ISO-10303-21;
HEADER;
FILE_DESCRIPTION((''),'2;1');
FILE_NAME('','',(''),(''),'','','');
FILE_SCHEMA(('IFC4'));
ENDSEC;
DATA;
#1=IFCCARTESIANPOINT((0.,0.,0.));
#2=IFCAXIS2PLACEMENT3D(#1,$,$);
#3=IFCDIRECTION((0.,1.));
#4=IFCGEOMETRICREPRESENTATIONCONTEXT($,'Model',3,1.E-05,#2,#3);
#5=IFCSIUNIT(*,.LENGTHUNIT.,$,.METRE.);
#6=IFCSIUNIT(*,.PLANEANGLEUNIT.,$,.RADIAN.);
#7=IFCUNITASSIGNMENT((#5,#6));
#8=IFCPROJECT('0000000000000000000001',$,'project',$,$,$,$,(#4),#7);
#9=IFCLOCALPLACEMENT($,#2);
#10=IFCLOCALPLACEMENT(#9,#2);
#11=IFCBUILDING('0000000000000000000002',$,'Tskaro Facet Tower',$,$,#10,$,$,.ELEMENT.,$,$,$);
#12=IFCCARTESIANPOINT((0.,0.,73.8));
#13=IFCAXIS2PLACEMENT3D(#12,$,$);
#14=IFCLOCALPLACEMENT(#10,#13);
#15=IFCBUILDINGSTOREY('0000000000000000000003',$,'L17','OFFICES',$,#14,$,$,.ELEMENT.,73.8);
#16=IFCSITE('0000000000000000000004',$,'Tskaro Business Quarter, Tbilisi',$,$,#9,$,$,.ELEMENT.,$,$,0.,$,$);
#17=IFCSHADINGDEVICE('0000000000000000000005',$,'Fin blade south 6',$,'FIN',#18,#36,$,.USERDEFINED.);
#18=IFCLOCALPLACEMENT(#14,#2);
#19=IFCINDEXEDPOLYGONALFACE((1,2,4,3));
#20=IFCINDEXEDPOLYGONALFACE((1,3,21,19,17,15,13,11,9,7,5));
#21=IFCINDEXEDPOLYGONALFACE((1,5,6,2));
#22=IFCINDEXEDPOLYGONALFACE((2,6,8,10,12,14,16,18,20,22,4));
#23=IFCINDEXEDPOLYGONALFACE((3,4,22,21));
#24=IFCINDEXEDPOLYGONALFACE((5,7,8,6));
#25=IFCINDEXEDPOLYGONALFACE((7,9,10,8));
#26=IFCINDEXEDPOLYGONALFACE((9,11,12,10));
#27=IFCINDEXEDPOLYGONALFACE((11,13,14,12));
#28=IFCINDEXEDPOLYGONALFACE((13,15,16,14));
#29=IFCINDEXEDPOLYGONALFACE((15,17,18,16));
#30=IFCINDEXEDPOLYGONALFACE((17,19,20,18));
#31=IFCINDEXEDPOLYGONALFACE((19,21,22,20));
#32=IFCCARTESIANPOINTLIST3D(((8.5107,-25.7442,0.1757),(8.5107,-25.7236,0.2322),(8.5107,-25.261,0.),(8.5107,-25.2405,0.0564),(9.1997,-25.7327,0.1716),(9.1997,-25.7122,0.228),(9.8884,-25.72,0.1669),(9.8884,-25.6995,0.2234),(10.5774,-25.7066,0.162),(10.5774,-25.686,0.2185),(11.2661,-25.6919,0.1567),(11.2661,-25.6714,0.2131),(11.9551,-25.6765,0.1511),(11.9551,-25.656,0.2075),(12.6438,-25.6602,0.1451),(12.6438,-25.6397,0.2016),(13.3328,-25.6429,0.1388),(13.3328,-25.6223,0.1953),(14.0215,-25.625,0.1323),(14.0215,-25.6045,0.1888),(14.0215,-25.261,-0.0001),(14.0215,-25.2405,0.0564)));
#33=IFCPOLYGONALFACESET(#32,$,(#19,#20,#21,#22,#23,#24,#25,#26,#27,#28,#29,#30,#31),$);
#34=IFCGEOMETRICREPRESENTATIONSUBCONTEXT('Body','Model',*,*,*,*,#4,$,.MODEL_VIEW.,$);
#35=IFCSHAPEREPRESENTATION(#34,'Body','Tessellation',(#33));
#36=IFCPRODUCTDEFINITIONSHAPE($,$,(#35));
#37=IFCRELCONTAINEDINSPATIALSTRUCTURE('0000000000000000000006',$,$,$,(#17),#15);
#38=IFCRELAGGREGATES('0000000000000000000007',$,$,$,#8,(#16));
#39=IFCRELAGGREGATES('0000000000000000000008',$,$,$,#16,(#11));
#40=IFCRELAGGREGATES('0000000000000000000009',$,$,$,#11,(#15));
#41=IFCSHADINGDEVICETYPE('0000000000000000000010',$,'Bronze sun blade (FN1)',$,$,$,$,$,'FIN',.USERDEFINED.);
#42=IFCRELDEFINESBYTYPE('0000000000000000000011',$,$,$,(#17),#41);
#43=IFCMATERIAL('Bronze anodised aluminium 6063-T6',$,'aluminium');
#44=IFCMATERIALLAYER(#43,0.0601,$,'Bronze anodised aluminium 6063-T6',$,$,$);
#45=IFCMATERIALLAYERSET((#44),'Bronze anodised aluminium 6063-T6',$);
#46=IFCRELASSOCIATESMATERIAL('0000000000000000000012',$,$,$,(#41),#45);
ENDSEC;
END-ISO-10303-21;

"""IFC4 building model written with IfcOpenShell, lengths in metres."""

from ifc_helpers import new_model, si_unit, direction, frame, origin, place, context, subcontext, project, spatial, polyline, outline, extrude, material, layer, layer_set, type_object, element, save


model = new_model("IFC4")

# Units and contexts
model_context = context("Model", 3, precision=1e-05, world=origin(), true_north=direction((0.0, 1.0)))
body_context = subcontext(model_context, "Body", "Model", "MODEL_VIEW")
ifc_project = project(units=[si_unit("LENGTHUNIT", "METRE"), si_unit("PLANEANGLEUNIT", "RADIAN")], contexts=[model_context])

# Site, building, storey
site_placement = place(None, origin())
site = spatial("IfcSite", under=ifc_project, at=site_placement, Name="Tskaro Business Quarter, Tbilisi", CompositionType="ELEMENT", RefElevation=0.0)
building_placement = place(site_placement, origin())
building = spatial("IfcBuilding", under=site, at=building_placement, Name="Tskaro Facet Tower", CompositionType="ELEMENT")
storey_placement = place(building_placement, frame((0.0, 0.0, 73.8)))
storey = spatial("IfcBuildingStorey", under=building, at=storey_placement, Name="L17", Description="OFFICES", CompositionType="ELEMENT", Elevation=73.8)

# Shared definitions
ifc_material_1 = material(Name="Bronze anodised aluminium 6063-T6", Category="aluminium")

# Shading device
ifc_layer_1 = layer(ifc_material_1, 0.0601, Name="Bronze anodised aluminium 6063-T6")
ifc_layer_set_1 = layer_set([ifc_layer_1], Name="Bronze anodised aluminium 6063-T6")
shading_device_type = type_object("IfcShadingDeviceType", Name="Bronze sun blade (FN1)", ElementType="FIN", PredefinedType="USERDEFINED", material=ifc_layer_set_1)
shading_device_1_placement = place(storey_placement, frame((8.5107, -25.2405, 0.0564), z_axis=(0.000009, 0.341877, 0.939745), x_axis=(1.0, -0.000003, -0.000008)))
element("IfcShadingDevice", 1, at=shading_device_1_placement, inside=storey, type_object=shading_device_type, Name="Fin blade south 6", ObjectType="FIN", PredefinedType="USERDEFINED", context=body_context, shape_type="SweptSolid", body=[
    extrude(outline(polyline([(0.0, 0.0), (5.5107, 0.0), (5.5107, -0.3873), (4.822, -0.4063), (4.1331, -0.4248), (3.4443, -0.4422), (2.7554, -0.4585), (2.0667, -0.4741), (1.3777, -0.4884), (0.689, -0.5019), (0.0, -0.5141), (0.0, 0.0)])), origin(), (0.0, 0.0, -1.0), 0.0601),
])

save(model, "model.ifc")
